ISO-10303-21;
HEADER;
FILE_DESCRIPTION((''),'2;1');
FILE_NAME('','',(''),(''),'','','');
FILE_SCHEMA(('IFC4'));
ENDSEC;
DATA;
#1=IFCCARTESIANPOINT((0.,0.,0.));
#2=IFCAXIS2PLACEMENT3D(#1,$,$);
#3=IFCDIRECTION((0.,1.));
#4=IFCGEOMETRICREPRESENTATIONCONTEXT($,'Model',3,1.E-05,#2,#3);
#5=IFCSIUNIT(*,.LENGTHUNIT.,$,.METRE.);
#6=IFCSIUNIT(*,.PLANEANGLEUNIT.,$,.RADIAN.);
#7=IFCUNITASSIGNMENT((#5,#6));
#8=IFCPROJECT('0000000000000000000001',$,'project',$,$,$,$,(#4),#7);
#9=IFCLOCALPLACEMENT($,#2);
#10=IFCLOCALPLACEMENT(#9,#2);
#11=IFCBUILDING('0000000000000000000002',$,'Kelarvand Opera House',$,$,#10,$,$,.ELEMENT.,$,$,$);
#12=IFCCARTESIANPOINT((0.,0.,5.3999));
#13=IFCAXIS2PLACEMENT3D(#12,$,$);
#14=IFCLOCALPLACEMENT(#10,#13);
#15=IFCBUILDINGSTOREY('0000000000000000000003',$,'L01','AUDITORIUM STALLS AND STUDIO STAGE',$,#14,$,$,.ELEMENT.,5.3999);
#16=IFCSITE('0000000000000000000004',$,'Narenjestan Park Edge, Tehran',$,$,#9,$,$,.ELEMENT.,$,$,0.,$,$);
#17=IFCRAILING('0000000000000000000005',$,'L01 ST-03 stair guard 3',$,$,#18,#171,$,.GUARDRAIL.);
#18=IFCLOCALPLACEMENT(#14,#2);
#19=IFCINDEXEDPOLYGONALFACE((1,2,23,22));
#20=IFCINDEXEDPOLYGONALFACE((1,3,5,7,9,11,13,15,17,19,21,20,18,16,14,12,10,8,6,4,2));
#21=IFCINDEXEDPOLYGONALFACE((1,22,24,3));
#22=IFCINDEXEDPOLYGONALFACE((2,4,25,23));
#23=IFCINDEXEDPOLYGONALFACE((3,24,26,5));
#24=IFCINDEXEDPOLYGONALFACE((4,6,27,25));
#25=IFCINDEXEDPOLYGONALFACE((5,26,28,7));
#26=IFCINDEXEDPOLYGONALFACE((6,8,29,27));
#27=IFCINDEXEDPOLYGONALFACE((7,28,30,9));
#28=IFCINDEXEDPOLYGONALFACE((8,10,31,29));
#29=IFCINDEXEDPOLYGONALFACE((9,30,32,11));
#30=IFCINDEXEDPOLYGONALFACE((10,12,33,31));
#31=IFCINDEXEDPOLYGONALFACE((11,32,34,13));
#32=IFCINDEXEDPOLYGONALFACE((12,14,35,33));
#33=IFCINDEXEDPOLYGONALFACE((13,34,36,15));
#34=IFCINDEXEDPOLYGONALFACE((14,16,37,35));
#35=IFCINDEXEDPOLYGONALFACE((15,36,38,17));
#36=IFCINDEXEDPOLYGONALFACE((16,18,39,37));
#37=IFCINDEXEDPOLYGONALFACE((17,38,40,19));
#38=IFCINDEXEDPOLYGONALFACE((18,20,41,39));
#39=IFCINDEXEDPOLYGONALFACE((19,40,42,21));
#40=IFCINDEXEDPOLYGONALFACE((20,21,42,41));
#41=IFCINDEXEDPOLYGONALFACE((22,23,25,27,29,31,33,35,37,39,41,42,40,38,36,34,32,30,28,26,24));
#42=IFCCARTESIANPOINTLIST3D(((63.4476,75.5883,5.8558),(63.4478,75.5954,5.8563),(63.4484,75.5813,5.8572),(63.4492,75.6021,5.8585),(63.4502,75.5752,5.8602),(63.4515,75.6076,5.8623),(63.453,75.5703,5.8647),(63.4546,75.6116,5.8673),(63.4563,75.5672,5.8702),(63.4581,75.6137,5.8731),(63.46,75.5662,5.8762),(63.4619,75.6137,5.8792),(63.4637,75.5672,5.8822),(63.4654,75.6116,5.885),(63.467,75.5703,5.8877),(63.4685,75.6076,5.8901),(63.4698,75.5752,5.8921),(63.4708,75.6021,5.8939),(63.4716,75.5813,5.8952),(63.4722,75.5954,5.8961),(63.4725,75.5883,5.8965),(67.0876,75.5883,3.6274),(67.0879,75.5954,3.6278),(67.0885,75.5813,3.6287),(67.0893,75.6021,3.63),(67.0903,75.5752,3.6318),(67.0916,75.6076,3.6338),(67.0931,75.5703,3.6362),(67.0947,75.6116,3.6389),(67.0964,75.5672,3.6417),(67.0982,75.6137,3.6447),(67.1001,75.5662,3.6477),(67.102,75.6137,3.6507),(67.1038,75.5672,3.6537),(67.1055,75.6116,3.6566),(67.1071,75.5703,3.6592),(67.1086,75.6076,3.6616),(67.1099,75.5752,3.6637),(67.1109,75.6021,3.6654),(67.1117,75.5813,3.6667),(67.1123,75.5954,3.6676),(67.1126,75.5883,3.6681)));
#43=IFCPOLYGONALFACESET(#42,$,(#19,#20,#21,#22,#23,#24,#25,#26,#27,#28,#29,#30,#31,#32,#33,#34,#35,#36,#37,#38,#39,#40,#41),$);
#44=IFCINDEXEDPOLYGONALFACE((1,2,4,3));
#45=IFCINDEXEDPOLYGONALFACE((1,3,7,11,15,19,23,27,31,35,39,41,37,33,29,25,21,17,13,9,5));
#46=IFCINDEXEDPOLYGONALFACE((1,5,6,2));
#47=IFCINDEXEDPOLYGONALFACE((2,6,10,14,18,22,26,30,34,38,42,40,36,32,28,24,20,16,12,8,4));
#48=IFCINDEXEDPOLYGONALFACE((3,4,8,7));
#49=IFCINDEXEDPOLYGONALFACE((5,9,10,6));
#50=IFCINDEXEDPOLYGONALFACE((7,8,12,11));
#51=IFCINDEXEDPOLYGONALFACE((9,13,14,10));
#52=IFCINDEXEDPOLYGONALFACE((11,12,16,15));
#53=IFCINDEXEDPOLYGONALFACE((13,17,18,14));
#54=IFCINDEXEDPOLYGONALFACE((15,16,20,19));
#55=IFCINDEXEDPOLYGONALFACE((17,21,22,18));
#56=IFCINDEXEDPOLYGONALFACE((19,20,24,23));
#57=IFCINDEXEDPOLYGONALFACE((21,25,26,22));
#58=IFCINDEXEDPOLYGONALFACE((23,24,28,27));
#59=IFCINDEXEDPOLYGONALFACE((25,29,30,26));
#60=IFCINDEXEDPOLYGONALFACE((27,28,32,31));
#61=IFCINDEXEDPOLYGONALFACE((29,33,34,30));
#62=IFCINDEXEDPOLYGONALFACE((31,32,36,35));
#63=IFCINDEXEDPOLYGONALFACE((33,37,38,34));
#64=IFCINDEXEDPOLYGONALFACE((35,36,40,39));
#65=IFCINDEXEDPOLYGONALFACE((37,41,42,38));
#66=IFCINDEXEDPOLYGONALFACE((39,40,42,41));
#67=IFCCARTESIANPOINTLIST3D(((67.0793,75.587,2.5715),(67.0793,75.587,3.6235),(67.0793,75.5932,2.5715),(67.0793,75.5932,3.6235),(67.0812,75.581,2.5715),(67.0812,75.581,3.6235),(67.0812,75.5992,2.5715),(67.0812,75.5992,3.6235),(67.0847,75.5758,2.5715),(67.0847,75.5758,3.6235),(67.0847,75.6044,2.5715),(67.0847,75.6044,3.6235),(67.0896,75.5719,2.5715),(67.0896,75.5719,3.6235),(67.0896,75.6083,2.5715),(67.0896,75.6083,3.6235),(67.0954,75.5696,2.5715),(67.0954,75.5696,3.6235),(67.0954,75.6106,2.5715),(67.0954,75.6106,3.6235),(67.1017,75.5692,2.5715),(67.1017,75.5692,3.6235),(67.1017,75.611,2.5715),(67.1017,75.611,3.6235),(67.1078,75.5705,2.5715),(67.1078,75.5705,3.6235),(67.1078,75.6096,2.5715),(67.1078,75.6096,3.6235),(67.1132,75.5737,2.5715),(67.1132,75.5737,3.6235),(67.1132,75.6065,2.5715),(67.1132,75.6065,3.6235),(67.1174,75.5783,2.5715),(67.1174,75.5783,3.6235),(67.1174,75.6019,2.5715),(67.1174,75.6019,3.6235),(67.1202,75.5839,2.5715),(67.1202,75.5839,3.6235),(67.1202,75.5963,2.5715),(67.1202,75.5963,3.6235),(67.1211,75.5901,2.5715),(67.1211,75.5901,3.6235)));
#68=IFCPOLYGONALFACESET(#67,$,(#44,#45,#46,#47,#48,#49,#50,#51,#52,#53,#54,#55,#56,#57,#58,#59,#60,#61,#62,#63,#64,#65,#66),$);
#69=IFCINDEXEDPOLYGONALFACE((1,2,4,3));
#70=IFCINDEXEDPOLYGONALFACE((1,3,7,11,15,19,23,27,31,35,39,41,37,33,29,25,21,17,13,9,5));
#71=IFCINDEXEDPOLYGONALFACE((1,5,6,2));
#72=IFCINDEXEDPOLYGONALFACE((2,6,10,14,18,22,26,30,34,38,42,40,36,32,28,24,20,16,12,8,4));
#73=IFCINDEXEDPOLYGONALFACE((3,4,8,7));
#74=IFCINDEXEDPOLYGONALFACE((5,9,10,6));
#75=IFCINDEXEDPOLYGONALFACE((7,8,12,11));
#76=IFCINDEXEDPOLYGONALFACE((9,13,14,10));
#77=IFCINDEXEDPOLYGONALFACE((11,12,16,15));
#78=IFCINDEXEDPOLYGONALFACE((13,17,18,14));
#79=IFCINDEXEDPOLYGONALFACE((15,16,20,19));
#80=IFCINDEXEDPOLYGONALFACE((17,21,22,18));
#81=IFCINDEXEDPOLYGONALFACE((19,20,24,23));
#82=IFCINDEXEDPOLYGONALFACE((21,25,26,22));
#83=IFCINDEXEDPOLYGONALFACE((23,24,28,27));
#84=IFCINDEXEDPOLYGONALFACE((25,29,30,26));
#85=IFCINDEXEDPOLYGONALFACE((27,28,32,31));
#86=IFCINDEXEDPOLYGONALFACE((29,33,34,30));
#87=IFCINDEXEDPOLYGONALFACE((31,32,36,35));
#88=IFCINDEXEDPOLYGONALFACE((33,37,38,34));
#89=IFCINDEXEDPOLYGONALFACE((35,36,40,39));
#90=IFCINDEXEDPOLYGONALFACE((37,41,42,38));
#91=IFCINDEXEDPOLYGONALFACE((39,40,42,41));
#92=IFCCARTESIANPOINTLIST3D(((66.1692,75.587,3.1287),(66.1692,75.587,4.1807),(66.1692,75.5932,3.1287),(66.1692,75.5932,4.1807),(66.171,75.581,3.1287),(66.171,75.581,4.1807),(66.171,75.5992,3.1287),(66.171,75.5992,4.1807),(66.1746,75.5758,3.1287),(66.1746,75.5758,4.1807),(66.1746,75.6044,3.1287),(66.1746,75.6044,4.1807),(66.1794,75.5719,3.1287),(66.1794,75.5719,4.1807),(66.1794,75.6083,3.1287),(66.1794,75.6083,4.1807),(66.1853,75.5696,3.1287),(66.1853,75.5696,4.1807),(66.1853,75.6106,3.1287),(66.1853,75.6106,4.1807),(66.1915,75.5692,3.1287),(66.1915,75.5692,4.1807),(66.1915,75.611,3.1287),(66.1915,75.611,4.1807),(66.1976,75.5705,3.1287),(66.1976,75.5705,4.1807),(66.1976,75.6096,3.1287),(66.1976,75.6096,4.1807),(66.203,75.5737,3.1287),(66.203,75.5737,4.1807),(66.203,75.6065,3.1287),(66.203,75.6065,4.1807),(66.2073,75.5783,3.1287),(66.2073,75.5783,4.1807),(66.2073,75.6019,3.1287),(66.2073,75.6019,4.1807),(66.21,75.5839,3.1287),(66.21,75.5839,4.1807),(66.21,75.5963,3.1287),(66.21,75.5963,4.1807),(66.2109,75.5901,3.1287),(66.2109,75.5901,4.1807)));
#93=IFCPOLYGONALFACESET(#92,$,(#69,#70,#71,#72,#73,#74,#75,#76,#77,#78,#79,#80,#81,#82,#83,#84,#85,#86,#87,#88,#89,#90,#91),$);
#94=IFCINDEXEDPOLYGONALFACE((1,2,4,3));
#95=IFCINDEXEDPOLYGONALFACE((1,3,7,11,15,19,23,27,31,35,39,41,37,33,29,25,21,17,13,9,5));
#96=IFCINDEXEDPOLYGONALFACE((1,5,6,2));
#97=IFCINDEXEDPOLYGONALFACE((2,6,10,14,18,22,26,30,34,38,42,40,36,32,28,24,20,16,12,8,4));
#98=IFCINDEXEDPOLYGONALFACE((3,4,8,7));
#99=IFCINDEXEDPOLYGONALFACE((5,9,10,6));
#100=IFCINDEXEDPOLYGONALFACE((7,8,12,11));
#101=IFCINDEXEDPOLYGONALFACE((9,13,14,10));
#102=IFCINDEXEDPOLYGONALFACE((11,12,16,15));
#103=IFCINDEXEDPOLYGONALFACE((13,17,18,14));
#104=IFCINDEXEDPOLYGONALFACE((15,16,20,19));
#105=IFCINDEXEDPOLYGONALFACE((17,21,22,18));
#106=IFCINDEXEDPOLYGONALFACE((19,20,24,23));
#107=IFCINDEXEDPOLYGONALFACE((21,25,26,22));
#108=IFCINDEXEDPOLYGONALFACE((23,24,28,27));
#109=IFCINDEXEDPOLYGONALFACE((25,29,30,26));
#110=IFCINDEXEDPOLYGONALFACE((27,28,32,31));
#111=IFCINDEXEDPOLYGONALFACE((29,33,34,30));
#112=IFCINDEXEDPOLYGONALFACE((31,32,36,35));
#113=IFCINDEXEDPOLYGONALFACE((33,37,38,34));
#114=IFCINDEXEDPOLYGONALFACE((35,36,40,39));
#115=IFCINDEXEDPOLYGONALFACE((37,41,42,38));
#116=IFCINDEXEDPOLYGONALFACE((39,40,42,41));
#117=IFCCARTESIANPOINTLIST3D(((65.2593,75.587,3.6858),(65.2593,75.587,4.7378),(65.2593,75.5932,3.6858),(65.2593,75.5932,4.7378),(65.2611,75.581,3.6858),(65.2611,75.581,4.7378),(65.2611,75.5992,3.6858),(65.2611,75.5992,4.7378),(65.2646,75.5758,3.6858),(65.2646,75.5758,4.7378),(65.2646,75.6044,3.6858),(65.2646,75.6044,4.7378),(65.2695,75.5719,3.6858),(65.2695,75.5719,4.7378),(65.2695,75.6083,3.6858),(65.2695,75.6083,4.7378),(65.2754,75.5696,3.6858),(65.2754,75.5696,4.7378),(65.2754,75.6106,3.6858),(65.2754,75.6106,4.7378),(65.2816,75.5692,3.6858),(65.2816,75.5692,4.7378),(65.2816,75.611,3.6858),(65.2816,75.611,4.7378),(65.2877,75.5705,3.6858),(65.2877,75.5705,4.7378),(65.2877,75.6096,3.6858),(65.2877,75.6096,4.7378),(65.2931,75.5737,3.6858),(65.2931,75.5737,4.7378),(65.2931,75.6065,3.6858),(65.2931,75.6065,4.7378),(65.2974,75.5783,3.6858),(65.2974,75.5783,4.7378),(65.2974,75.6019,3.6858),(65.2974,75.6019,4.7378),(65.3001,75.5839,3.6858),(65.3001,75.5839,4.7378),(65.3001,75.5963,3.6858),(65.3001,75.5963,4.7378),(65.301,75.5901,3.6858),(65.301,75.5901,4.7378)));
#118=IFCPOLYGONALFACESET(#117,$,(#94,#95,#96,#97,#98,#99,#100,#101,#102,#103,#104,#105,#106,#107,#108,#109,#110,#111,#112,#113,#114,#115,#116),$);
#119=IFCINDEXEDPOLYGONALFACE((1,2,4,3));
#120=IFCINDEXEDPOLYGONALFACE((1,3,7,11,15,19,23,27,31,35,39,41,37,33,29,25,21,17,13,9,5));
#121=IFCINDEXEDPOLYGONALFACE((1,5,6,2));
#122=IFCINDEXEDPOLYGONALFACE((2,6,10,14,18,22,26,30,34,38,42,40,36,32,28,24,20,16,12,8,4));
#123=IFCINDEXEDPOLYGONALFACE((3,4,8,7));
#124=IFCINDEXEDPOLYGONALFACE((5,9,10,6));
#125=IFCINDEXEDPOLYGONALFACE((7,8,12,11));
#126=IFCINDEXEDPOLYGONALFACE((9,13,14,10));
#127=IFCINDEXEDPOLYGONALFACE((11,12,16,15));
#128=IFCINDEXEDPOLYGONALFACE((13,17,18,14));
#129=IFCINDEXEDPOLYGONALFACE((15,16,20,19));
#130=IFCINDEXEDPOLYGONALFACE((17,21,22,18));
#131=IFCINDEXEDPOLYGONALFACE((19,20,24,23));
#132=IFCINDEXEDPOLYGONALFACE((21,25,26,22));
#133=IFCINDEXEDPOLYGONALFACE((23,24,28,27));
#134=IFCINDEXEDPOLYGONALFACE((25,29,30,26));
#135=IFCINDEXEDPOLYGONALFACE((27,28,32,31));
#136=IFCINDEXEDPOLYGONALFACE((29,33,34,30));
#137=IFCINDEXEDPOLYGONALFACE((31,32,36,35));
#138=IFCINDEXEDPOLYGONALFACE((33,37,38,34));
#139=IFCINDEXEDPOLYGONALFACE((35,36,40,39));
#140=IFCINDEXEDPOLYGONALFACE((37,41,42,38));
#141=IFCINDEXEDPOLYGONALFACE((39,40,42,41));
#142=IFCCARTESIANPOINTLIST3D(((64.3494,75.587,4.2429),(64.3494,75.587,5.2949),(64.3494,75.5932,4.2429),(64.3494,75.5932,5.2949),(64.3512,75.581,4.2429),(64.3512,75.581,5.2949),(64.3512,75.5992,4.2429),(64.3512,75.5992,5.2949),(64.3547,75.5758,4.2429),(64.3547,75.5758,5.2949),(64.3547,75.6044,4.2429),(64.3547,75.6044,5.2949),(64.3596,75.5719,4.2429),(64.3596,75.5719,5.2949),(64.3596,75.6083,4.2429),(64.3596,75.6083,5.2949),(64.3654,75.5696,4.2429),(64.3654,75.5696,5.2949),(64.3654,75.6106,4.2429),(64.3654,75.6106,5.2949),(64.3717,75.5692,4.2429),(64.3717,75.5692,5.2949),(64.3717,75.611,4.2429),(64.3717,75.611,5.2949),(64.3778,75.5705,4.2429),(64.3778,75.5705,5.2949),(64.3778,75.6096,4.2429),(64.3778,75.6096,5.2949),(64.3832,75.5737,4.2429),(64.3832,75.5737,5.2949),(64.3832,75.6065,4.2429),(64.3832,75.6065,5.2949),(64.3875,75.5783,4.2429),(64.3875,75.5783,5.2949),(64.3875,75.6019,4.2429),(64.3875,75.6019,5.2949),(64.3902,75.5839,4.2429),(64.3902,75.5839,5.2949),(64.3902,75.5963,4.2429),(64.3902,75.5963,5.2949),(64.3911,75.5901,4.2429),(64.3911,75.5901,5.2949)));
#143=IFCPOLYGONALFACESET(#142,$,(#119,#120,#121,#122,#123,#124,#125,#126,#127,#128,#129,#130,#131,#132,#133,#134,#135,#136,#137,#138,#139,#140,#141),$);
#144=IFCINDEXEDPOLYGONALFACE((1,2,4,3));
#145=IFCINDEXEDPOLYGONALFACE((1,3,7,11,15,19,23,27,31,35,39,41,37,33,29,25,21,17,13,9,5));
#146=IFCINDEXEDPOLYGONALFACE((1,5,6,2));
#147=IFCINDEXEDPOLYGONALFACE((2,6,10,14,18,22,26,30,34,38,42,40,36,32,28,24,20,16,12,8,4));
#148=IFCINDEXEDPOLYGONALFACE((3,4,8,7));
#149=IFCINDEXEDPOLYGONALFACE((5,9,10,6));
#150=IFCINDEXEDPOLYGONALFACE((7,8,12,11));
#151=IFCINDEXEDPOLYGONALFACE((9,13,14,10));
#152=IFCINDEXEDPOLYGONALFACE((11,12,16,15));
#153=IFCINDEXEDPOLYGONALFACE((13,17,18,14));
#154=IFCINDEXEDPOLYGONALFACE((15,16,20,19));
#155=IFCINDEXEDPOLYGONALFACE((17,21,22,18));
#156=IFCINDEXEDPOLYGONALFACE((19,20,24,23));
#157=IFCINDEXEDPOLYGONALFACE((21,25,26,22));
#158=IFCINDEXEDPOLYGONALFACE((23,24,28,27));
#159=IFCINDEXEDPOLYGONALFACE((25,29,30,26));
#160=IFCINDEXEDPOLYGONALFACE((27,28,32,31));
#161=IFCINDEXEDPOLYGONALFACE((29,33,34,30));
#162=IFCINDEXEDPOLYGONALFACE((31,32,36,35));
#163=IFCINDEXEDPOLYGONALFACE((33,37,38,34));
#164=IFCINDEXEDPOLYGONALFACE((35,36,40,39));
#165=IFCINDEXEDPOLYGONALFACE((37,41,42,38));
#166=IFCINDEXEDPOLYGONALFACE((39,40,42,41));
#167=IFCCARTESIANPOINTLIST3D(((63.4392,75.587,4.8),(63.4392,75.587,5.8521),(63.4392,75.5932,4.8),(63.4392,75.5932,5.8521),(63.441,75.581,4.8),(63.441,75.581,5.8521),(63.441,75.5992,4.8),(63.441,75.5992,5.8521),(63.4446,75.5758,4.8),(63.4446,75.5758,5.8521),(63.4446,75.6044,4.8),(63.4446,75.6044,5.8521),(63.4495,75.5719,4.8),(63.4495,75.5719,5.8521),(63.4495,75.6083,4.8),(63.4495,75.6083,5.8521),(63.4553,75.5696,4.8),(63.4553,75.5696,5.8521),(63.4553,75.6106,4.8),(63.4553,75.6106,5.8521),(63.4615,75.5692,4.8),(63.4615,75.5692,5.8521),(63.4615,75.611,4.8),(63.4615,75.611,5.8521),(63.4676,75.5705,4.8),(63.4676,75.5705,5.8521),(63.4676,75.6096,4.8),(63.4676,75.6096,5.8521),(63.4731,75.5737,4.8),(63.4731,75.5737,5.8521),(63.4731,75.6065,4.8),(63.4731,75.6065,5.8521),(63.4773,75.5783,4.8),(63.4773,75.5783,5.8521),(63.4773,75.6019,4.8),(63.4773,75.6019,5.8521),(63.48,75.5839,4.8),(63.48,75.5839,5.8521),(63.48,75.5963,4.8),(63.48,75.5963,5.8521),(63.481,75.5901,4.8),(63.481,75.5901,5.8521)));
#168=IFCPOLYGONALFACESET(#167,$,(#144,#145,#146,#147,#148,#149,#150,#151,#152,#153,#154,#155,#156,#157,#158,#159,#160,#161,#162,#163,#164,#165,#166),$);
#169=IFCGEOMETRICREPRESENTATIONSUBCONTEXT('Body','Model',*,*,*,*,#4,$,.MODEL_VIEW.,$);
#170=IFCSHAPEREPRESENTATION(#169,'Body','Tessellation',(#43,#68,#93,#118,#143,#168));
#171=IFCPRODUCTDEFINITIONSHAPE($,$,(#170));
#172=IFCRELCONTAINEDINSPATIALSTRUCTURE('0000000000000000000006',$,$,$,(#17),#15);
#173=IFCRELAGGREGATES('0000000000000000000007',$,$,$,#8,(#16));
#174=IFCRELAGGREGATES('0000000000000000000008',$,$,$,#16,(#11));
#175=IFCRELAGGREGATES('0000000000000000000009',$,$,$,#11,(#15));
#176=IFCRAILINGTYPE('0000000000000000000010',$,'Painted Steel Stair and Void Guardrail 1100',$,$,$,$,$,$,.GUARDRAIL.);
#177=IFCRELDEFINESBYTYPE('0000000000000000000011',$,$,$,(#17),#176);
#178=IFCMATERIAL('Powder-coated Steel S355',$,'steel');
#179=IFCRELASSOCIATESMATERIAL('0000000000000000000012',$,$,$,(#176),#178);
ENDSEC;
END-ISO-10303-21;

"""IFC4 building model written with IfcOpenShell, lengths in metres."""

from ifc_helpers import new_model, si_unit, direction, frame, origin, origin_2d, place, context, subcontext, project, spatial, circle, extrude, material, type_object, element, save


model = new_model("IFC4")

# Units and contexts
model_context = context("Model", 3, precision=1e-05, world=origin(), true_north=direction((0.0, 1.0)))
body_context = subcontext(model_context, "Body", "Model", "MODEL_VIEW")
ifc_project = project(units=[si_unit("LENGTHUNIT", "METRE"), si_unit("PLANEANGLEUNIT", "RADIAN")], contexts=[model_context])

# Site, building, storey
site_placement = place(None, origin())
site = spatial("IfcSite", under=ifc_project, at=site_placement, Name="Narenjestan Park Edge, Tehran", CompositionType="ELEMENT", RefElevation=0.0)
building_placement = place(site_placement, origin())
building = spatial("IfcBuilding", under=site, at=building_placement, Name="Kelarvand Opera House", CompositionType="ELEMENT")
storey_placement = place(building_placement, frame((0.0, 0.0, 5.3999)))
storey = spatial("IfcBuildingStorey", under=building, at=storey_placement, Name="L01", Description="AUDITORIUM STALLS AND STUDIO STAGE", CompositionType="ELEMENT", Elevation=5.3999)

# Railing
ifc_material_1 = material(Name="Powder-coated Steel S355", Category="steel")
railing_type_1 = type_object("IfcRailingType", Name="Painted Steel Stair and Void Guardrail 1100", PredefinedType="GUARDRAIL", material=ifc_material_1)
railing_1_placement = place(storey_placement, frame((67.1001, 75.5901, 2.5715)))
element("IfcRailing", 1, at=railing_1_placement, inside=storey, type_object=railing_type_1, Name="L01 ST-03 stair guard 3", PredefinedType="GUARDRAIL", context=body_context, shape_type="SweptSolid", body=[
    extrude(circle(Radius=0.0239, at=origin_2d()), frame((0.0, 0.0, 1.0762), z_axis=(-0.852866, 0.0, 0.52213), x_axis=(0.0, -1.0, 0.0)), (0.0, 0.0, 1.0), 4.2681),
    extrude(circle(Radius=0.021, at=origin_2d()), origin(), (0.0, 0.0, 1.0), 1.052),
    extrude(circle(Radius=0.021, at=origin_2d()), frame((-0.9102, 0.0, 0.5571)), (0.0, 0.0, 1.0), 1.052),
    extrude(circle(Radius=0.021, at=origin_2d()), frame((-1.8201, 0.0, 1.1143)), (0.0, 0.0, 1.0), 1.052),
    extrude(circle(Radius=0.021, at=origin_2d()), frame((-2.73, 0.0, 1.6714)), (0.0, 0.0, 1.0), 1.052),
    extrude(circle(Radius=0.021, at=origin_2d()), frame((-3.6401, 0.0, 2.2285)), (0.0, 0.0, 1.0), 1.052),
])

save(model, "model.ifc")
